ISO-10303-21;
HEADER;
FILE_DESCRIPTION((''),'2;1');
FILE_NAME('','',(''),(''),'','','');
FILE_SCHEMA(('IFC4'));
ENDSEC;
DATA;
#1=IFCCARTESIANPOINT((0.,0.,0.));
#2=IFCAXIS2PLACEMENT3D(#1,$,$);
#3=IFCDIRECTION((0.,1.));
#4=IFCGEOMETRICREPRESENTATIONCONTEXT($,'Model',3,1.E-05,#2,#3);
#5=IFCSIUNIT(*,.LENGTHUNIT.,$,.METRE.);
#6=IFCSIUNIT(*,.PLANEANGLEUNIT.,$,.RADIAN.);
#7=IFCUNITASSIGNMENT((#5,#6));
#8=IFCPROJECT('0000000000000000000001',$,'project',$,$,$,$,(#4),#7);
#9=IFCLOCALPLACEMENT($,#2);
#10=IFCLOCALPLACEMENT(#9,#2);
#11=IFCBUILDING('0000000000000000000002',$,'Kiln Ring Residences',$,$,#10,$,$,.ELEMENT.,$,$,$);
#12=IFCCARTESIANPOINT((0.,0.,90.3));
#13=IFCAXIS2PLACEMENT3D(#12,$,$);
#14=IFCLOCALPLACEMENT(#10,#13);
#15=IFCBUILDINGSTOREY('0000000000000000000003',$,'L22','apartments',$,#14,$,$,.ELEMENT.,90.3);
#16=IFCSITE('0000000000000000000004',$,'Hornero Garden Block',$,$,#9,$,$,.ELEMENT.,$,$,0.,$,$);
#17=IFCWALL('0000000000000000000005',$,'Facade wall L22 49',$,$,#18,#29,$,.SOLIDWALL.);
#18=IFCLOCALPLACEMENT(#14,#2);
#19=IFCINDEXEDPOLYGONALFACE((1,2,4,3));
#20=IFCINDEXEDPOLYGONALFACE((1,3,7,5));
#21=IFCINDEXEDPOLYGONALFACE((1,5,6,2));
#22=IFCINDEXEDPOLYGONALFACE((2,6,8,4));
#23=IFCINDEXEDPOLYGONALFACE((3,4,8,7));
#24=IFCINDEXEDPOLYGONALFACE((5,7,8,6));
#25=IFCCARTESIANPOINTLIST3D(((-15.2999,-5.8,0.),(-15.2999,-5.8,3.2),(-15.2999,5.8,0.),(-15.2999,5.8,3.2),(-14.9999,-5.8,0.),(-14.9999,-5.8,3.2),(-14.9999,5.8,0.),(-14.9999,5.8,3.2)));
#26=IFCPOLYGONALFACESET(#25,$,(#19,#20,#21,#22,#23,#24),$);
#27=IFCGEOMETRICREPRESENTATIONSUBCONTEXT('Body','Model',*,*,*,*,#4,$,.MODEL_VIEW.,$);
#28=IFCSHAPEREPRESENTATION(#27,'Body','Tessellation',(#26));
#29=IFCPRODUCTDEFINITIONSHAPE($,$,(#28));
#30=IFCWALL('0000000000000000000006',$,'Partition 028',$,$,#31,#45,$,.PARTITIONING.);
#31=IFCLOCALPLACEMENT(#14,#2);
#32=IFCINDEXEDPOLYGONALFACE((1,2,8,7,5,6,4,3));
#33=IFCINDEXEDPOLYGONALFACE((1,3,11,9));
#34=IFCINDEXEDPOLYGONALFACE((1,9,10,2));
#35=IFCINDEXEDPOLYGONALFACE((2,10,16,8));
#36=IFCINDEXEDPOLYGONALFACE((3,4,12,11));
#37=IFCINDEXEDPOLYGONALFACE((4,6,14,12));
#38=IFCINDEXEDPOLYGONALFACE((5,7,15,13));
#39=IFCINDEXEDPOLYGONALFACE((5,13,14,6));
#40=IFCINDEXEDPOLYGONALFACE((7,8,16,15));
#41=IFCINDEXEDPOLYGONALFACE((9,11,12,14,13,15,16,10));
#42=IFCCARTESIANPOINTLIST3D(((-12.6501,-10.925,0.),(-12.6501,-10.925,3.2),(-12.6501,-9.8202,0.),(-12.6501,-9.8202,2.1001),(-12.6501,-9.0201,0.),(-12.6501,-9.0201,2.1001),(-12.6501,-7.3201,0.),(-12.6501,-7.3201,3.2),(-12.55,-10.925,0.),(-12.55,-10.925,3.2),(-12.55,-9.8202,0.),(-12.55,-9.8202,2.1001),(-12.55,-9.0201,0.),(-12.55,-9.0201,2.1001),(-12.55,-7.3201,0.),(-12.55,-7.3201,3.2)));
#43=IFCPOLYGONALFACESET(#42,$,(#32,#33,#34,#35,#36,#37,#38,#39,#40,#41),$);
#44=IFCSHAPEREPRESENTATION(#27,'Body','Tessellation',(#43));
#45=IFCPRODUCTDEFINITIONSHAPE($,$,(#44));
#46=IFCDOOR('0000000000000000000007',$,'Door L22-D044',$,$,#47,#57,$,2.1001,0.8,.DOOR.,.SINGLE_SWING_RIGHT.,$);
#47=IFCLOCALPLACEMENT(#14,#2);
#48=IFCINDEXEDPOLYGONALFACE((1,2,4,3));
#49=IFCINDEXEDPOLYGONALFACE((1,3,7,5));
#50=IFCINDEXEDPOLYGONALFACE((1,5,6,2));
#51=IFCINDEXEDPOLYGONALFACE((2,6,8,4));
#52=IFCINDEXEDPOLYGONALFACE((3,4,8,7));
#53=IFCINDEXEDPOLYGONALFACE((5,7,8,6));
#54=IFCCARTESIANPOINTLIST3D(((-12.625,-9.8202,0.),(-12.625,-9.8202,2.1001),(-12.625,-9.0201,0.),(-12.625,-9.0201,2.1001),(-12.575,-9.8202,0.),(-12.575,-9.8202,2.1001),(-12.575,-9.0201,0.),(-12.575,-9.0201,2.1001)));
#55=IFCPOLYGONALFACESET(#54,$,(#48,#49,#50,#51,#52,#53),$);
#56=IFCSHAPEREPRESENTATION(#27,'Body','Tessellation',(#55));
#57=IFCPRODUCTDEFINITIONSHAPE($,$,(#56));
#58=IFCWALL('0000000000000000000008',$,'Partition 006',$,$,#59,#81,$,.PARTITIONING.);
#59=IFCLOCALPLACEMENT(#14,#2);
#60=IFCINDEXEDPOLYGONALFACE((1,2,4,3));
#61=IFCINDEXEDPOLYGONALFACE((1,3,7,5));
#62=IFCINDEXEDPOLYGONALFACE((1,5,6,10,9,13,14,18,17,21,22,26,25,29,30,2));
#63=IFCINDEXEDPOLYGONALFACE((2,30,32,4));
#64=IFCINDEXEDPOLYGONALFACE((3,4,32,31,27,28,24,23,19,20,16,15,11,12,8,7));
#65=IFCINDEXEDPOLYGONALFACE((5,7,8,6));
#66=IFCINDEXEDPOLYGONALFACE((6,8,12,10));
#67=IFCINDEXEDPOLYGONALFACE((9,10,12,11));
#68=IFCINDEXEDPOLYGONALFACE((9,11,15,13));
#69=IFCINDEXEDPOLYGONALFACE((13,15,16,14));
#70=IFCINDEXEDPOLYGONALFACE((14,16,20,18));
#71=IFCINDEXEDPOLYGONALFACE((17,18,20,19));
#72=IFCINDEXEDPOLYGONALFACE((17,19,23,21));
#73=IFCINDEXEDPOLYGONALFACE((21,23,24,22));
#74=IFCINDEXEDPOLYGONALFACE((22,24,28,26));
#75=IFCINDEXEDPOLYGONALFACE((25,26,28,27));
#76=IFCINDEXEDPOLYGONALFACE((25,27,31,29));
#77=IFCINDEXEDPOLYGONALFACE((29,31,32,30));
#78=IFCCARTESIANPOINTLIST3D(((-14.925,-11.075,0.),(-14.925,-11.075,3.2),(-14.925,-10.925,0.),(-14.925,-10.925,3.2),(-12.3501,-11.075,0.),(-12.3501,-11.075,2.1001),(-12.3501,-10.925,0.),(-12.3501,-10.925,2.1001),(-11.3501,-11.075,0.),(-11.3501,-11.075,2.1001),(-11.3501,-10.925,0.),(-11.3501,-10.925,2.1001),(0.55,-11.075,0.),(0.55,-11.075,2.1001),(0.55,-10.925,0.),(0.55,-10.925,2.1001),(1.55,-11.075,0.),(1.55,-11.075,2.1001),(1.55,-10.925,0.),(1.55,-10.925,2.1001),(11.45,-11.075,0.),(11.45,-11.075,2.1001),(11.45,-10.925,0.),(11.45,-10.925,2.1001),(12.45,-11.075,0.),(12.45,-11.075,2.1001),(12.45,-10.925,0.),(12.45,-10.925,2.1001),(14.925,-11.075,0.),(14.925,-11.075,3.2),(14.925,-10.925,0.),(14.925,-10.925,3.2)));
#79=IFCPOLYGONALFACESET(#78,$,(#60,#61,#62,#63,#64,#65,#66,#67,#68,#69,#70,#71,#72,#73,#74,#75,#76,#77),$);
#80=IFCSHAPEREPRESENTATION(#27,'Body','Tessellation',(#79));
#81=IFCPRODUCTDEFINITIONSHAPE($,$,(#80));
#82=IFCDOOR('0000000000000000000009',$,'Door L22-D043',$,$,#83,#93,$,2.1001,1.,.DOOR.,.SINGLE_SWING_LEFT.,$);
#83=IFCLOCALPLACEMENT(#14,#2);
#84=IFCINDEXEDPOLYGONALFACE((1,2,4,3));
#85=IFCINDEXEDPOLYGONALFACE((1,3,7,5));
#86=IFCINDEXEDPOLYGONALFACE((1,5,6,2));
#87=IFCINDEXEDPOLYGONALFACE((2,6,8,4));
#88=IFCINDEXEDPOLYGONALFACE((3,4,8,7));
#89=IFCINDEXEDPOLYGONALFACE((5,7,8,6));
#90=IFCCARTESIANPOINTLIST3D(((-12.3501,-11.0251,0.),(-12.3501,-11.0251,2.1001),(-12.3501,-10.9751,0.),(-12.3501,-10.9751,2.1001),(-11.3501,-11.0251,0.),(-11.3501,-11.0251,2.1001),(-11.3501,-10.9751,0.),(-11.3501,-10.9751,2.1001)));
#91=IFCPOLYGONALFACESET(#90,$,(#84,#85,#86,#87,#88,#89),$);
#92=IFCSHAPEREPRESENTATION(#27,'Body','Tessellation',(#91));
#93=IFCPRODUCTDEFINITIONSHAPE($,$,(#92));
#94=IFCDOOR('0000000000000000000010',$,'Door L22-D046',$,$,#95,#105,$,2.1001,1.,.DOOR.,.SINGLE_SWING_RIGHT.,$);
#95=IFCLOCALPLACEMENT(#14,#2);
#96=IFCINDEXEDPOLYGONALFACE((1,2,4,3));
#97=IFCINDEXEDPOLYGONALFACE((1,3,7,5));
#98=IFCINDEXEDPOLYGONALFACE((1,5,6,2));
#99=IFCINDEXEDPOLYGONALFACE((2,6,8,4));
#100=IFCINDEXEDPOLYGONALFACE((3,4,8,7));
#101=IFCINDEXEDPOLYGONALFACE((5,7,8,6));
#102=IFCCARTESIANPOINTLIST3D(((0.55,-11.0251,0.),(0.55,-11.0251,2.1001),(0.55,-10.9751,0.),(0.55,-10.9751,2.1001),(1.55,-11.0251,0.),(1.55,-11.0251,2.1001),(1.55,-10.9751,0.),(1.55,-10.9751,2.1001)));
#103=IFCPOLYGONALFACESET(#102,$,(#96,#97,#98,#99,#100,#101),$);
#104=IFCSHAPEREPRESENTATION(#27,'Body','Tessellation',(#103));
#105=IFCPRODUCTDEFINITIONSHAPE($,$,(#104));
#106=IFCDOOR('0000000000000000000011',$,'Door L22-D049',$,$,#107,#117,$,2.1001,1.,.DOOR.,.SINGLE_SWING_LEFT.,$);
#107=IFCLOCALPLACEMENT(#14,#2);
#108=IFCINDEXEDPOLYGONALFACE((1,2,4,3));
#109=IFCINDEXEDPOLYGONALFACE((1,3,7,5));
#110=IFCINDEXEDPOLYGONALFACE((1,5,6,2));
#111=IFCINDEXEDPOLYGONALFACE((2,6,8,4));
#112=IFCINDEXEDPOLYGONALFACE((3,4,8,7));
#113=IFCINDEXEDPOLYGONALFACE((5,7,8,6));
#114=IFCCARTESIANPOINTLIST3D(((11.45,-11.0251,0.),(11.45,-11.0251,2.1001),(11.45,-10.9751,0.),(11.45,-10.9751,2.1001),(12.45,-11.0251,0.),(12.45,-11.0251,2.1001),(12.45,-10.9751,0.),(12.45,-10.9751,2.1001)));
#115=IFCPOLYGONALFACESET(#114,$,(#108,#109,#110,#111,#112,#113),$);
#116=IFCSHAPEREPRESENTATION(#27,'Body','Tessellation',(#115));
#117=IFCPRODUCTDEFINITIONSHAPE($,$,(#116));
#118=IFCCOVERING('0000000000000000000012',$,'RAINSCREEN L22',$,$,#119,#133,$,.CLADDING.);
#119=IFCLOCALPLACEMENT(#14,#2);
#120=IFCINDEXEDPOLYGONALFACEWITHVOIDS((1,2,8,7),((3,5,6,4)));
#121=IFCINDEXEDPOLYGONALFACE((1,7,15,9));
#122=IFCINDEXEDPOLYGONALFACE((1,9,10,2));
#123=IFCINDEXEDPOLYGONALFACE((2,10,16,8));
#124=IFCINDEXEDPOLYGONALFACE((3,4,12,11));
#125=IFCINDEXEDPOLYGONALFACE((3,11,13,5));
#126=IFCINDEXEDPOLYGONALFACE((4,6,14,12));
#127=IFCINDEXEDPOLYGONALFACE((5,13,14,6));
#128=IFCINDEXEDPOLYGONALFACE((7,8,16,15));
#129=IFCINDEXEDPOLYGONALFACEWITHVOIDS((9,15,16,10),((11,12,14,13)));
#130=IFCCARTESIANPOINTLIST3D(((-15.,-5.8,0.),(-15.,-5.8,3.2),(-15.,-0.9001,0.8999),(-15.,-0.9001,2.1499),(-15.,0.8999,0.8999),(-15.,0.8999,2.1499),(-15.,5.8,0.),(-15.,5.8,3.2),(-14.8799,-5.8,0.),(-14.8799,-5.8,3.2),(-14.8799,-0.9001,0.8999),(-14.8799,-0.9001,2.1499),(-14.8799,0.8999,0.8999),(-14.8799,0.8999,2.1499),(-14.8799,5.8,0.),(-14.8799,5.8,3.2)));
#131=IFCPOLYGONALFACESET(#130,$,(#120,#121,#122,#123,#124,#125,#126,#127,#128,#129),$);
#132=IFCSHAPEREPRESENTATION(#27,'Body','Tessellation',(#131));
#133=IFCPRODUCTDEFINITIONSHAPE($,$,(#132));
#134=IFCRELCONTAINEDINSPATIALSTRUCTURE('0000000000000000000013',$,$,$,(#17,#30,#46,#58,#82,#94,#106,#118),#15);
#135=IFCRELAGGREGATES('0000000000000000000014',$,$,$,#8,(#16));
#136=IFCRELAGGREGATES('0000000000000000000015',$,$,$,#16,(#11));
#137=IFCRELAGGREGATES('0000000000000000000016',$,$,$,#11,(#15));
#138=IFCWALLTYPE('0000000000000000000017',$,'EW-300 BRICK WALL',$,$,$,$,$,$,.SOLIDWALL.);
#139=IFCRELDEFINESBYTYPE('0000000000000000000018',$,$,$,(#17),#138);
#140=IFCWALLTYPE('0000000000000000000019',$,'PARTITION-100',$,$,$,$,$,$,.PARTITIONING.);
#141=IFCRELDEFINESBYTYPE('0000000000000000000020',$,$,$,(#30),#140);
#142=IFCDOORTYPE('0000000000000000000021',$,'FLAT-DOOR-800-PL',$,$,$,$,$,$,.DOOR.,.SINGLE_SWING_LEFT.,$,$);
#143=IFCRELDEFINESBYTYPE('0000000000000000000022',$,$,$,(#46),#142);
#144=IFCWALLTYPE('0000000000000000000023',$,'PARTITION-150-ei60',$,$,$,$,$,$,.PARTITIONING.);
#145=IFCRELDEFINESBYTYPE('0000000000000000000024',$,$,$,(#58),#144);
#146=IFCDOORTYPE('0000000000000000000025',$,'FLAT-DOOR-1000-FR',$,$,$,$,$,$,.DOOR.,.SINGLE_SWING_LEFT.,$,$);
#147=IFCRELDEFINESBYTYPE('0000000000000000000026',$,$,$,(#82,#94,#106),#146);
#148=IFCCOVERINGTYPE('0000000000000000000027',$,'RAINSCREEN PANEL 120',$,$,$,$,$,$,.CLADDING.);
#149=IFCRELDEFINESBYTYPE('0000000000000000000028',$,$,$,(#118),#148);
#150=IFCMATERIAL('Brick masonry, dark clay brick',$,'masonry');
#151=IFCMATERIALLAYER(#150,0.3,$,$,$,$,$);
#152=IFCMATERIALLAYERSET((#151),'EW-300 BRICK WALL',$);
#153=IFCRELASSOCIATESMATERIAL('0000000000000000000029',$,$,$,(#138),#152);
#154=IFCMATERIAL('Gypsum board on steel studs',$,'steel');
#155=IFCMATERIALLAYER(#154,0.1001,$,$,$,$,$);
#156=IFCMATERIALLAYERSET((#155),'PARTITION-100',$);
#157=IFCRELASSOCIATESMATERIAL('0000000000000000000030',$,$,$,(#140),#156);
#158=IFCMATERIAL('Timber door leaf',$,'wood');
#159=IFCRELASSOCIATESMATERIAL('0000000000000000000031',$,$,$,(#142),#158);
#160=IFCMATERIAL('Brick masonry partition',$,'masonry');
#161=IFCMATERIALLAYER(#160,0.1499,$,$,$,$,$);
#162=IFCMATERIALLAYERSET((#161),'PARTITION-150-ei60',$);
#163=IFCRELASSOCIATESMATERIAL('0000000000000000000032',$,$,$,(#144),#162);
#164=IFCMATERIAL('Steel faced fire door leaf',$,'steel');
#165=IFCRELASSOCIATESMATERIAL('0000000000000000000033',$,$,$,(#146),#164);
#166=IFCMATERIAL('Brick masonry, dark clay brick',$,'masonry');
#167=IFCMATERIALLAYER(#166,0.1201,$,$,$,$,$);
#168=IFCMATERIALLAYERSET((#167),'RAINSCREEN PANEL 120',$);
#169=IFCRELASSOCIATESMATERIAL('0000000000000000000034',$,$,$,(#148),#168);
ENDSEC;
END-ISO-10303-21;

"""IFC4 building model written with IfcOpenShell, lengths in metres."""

from ifc_helpers import new_model, si_unit, direction, frame, frame_2d, origin, place, context, subcontext, project, spatial, polyline, rectangle, outline, extrude, material, layer, layer_set, type_object, element, fill, save


model = new_model("IFC4")

# Units and contexts
model_context = context("Model", 3, precision=1e-05, world=origin(), true_north=direction((0.0, 1.0)))
body_context = subcontext(model_context, "Body", "Model", "MODEL_VIEW")
ifc_project = project(units=[si_unit("LENGTHUNIT", "METRE"), si_unit("PLANEANGLEUNIT", "RADIAN")], contexts=[model_context])

# Site, building, storey
site_placement = place(None, origin())
site = spatial("IfcSite", under=ifc_project, at=site_placement, Name="Hornero Garden Block", CompositionType="ELEMENT", RefElevation=0.0)
building_placement = place(site_placement, origin())
building = spatial("IfcBuilding", under=site, at=building_placement, Name="Kiln Ring Residences", CompositionType="ELEMENT")
storey_placement = place(building_placement, frame((0.0, 0.0, 90.3)))
storey = spatial("IfcBuildingStorey", under=building, at=storey_placement, Name="L22", Description="apartments", CompositionType="ELEMENT", Elevation=90.3)

# Wall
ifc_material_1 = material(Name="Brick masonry, dark clay brick", Category="masonry")
ifc_layer_1 = layer(ifc_material_1, 0.3)
ifc_layer_set_1 = layer_set([ifc_layer_1], Name="EW-300 BRICK WALL")
wall_type_1 = type_object("IfcWallType", Name="EW-300 BRICK WALL", PredefinedType="SOLIDWALL", material=ifc_layer_set_1)
wall_1_placement = place(storey_placement, frame((-15.1499, -5.8, 0.0), z_axis=(0.0, 0.0, 1.0), x_axis=(0.0, 1.0, 0.0)))
element("IfcWall", 1, at=wall_1_placement, inside=storey, type_object=wall_type_1, Name="Facade wall L22 49", PredefinedType="SOLIDWALL", context=body_context, shape_type="SweptSolid", body=[
    extrude(rectangle(XDim=11.6001, YDim=0.3, at=frame_2d((5.8, 0.0))), origin(), (0.0, 0.0, 1.0), 3.2),
])

# Wall, opening, door
ifc_material_2 = material(Name="Gypsum board on steel studs", Category="steel")
ifc_layer_2 = layer(ifc_material_2, 0.1001)
ifc_layer_set_2 = layer_set([ifc_layer_2], Name="PARTITION-100")
wall_type_2 = type_object("IfcWallType", Name="PARTITION-100", PredefinedType="PARTITIONING", material=ifc_layer_set_2)
wall_2_placement = place(storey_placement, frame((-12.6001, -10.925, 0.0), z_axis=(0.0, 0.0, 1.0), x_axis=(0.0, 1.0, 0.0)))
wall_2 = element("IfcWall", 2, at=wall_2_placement, inside=storey, type_object=wall_type_2, Name="Partition 028", PredefinedType="PARTITIONING", context=body_context, shape_type="SweptSolid", body=[
    extrude(rectangle(XDim=3.605, YDim=0.1001, at=frame_2d((1.8025, 0.0))), origin(), (0.0, 0.0, 1.0), 3.2),
])
opening_1_placement = place(wall_2_placement, frame((1.105, 0.0, 0.0)))
opening_1 = element("IfcOpeningElement", 3, at=opening_1_placement, cuts=wall_2, PredefinedType="OPENING", context=body_context, shape_type="SweptSolid", body=[
    extrude(rectangle(XDim=0.8, YDim=2.1001, at=frame_2d((0.3999, 1.05))), frame((0.0, 0.0601, 0.0), z_axis=(0.0, -1.0, 0.0), x_axis=(1.0, 0.0, 0.0)), (0.0, 0.0, 1.0), 0.1201),
])
ifc_material_3 = material(Name="Timber door leaf", Category="wood")
door_type_1 = type_object("IfcDoorType", Name="FLAT-DOOR-800-PL", OperationType="SINGLE_SWING_LEFT", PredefinedType="DOOR", material=ifc_material_3)
door_1_placement = place(opening_1_placement, origin())
door_1 = element("IfcDoor", 4, at=door_1_placement, inside=storey, type_object=door_type_1, Name="Door L22-D044", OperationType="SINGLE_SWING_RIGHT", OverallHeight=2.1001, OverallWidth=0.8, PredefinedType="DOOR", context=body_context, shape_type="SweptSolid", body=[
    extrude(rectangle(XDim=0.8, YDim=2.1001, at=frame_2d((0.3999, 1.05))), frame((0.0, 0.0249, 0.0), z_axis=(0.0, -1.0, 0.0), x_axis=(1.0, 0.0, 0.0)), (0.0, 0.0, 1.0), 0.05),
])
fill(opening_1, door_1)

# Wall, openings, doors
ifc_material_4 = material(Name="Brick masonry partition", Category="masonry")
ifc_layer_3 = layer(ifc_material_4, 0.1499)
ifc_layer_set_3 = layer_set([ifc_layer_3], Name="PARTITION-150-ei60")
wall_type_3 = type_object("IfcWallType", Name="PARTITION-150-ei60", PredefinedType="PARTITIONING", material=ifc_layer_set_3)
wall_3_placement = place(storey_placement, frame((-14.925, -11.0, 0.0), z_axis=(0.0, 0.0, 1.0), x_axis=(1.0, 0.0, 0.0)))
wall_3 = element("IfcWall", 5, at=wall_3_placement, inside=storey, type_object=wall_type_3, Name="Partition 006", PredefinedType="PARTITIONING", context=body_context, shape_type="SweptSolid", body=[
    extrude(rectangle(XDim=29.8501, YDim=0.1499, at=frame_2d((14.925, 0.0))), origin(), (0.0, 0.0, 1.0), 3.2),
])
opening_2_placement = place(wall_3_placement, frame((2.575, 0.0, 0.0)))
opening_2 = element("IfcOpeningElement", 6, at=opening_2_placement, cuts=wall_3, PredefinedType="OPENING", context=body_context, shape_type="SweptSolid", body=[
    extrude(rectangle(XDim=1.0, YDim=2.1001, at=frame_2d((0.5, 1.05))), frame((0.0, 0.085, 0.0), z_axis=(0.0, -1.0, 0.0), x_axis=(1.0, 0.0, 0.0)), (0.0, 0.0, 1.0), 0.1699),
])
opening_3_placement = place(wall_3_placement, frame((15.4751, 0.0, 0.0)))
opening_3 = element("IfcOpeningElement", 7, at=opening_3_placement, cuts=wall_3, PredefinedType="OPENING", context=body_context, shape_type="SweptSolid", body=[
    extrude(rectangle(XDim=1.0, YDim=2.1001, at=frame_2d((0.5, 1.05))), frame((0.0, 0.085, 0.0), z_axis=(0.0, -1.0, 0.0), x_axis=(1.0, 0.0, 0.0)), (0.0, 0.0, 1.0), 0.1699),
])
opening_4_placement = place(wall_3_placement, frame((26.375, 0.0, 0.0)))
opening_4 = element("IfcOpeningElement", 8, at=opening_4_placement, cuts=wall_3, PredefinedType="OPENING", context=body_context, shape_type="SweptSolid", body=[
    extrude(rectangle(XDim=1.0, YDim=2.1001, at=frame_2d((0.5, 1.05))), frame((0.0, 0.085, 0.0), z_axis=(0.0, -1.0, 0.0), x_axis=(1.0, 0.0, 0.0)), (0.0, 0.0, 1.0), 0.1699),
])
ifc_material_5 = material(Name="Steel faced fire door leaf", Category="steel")
door_type_2 = type_object("IfcDoorType", Name="FLAT-DOOR-1000-FR", OperationType="SINGLE_SWING_LEFT", PredefinedType="DOOR", material=ifc_material_5)
door_2_placement = place(opening_2_placement, origin())
door_2 = element("IfcDoor", 9, at=door_2_placement, inside=storey, type_object=door_type_2, Name="Door L22-D043", OperationType="SINGLE_SWING_LEFT", OverallHeight=2.1001, OverallWidth=1.0, PredefinedType="DOOR", context=body_context, shape_type="SweptSolid", body=[
    extrude(rectangle(XDim=1.0, YDim=2.1001, at=frame_2d((0.5, 1.05))), frame((0.0, 0.0249, 0.0), z_axis=(0.0, -1.0, 0.0), x_axis=(1.0, 0.0, 0.0)), (0.0, 0.0, 1.0), 0.05),
])
fill(opening_2, door_2)
door_3_placement = place(opening_3_placement, origin())
door_3 = element("IfcDoor", 10, at=door_3_placement, inside=storey, type_object=door_type_2, Name="Door L22-D046", OperationType="SINGLE_SWING_RIGHT", OverallHeight=2.1001, OverallWidth=1.0, PredefinedType="DOOR", context=body_context, shape_type="SweptSolid", body=[
    extrude(rectangle(XDim=1.0, YDim=2.1001, at=frame_2d((0.5, 1.05))), frame((0.0, 0.0249, 0.0), z_axis=(0.0, -1.0, 0.0), x_axis=(1.0, 0.0, 0.0)), (0.0, 0.0, 1.0), 0.05),
])
fill(opening_3, door_3)
door_4_placement = place(opening_4_placement, origin())
door_4 = element("IfcDoor", 11, at=door_4_placement, inside=storey, type_object=door_type_2, Name="Door L22-D049", OperationType="SINGLE_SWING_LEFT", OverallHeight=2.1001, OverallWidth=1.0, PredefinedType="DOOR", context=body_context, shape_type="SweptSolid", body=[
    extrude(rectangle(XDim=1.0, YDim=2.1001, at=frame_2d((0.5, 1.05))), frame((0.0, 0.0249, 0.0), z_axis=(0.0, -1.0, 0.0), x_axis=(1.0, 0.0, 0.0)), (0.0, 0.0, 1.0), 0.05),
])
fill(opening_4, door_4)

# Covering
ifc_material_6 = material(Name="Brick masonry, dark clay brick", Category="masonry")
ifc_layer_4 = layer(ifc_material_6, 0.1201)
ifc_layer_set_4 = layer_set([ifc_layer_4], Name="RAINSCREEN PANEL 120")
covering_type = type_object("IfcCoveringType", Name="RAINSCREEN PANEL 120", PredefinedType="CLADDING", material=ifc_layer_set_4)
covering_placement = place(storey_placement, frame((-14.9399, -5.8, 0.0), z_axis=(0.0, 0.0, 1.0), x_axis=(0.0, 1.0, 0.0)))
element("IfcCovering", 12, at=covering_placement, inside=storey, type_object=covering_type, Name="RAINSCREEN L22", PredefinedType="CLADDING", context=body_context, shape_type="SweptSolid", body=[
    extrude(outline(polyline([(0.0, 0.0), (11.6001, 0.0), (11.6001, 3.2), (0.0, 3.2), (0.0, 0.0)]), holes=[polyline([(4.8999, 2.1499), (4.8999, 0.8999), (6.7, 0.8999), (6.7, 2.1499), (4.8999, 2.1499)])]), frame((0.0, 0.0601, 0.0), z_axis=(0.0, -1.0, 0.0), x_axis=(1.0, 0.0, 0.0)), (0.0, 0.0, 1.0), 0.1201),
])

save(model, "model.ifc")
